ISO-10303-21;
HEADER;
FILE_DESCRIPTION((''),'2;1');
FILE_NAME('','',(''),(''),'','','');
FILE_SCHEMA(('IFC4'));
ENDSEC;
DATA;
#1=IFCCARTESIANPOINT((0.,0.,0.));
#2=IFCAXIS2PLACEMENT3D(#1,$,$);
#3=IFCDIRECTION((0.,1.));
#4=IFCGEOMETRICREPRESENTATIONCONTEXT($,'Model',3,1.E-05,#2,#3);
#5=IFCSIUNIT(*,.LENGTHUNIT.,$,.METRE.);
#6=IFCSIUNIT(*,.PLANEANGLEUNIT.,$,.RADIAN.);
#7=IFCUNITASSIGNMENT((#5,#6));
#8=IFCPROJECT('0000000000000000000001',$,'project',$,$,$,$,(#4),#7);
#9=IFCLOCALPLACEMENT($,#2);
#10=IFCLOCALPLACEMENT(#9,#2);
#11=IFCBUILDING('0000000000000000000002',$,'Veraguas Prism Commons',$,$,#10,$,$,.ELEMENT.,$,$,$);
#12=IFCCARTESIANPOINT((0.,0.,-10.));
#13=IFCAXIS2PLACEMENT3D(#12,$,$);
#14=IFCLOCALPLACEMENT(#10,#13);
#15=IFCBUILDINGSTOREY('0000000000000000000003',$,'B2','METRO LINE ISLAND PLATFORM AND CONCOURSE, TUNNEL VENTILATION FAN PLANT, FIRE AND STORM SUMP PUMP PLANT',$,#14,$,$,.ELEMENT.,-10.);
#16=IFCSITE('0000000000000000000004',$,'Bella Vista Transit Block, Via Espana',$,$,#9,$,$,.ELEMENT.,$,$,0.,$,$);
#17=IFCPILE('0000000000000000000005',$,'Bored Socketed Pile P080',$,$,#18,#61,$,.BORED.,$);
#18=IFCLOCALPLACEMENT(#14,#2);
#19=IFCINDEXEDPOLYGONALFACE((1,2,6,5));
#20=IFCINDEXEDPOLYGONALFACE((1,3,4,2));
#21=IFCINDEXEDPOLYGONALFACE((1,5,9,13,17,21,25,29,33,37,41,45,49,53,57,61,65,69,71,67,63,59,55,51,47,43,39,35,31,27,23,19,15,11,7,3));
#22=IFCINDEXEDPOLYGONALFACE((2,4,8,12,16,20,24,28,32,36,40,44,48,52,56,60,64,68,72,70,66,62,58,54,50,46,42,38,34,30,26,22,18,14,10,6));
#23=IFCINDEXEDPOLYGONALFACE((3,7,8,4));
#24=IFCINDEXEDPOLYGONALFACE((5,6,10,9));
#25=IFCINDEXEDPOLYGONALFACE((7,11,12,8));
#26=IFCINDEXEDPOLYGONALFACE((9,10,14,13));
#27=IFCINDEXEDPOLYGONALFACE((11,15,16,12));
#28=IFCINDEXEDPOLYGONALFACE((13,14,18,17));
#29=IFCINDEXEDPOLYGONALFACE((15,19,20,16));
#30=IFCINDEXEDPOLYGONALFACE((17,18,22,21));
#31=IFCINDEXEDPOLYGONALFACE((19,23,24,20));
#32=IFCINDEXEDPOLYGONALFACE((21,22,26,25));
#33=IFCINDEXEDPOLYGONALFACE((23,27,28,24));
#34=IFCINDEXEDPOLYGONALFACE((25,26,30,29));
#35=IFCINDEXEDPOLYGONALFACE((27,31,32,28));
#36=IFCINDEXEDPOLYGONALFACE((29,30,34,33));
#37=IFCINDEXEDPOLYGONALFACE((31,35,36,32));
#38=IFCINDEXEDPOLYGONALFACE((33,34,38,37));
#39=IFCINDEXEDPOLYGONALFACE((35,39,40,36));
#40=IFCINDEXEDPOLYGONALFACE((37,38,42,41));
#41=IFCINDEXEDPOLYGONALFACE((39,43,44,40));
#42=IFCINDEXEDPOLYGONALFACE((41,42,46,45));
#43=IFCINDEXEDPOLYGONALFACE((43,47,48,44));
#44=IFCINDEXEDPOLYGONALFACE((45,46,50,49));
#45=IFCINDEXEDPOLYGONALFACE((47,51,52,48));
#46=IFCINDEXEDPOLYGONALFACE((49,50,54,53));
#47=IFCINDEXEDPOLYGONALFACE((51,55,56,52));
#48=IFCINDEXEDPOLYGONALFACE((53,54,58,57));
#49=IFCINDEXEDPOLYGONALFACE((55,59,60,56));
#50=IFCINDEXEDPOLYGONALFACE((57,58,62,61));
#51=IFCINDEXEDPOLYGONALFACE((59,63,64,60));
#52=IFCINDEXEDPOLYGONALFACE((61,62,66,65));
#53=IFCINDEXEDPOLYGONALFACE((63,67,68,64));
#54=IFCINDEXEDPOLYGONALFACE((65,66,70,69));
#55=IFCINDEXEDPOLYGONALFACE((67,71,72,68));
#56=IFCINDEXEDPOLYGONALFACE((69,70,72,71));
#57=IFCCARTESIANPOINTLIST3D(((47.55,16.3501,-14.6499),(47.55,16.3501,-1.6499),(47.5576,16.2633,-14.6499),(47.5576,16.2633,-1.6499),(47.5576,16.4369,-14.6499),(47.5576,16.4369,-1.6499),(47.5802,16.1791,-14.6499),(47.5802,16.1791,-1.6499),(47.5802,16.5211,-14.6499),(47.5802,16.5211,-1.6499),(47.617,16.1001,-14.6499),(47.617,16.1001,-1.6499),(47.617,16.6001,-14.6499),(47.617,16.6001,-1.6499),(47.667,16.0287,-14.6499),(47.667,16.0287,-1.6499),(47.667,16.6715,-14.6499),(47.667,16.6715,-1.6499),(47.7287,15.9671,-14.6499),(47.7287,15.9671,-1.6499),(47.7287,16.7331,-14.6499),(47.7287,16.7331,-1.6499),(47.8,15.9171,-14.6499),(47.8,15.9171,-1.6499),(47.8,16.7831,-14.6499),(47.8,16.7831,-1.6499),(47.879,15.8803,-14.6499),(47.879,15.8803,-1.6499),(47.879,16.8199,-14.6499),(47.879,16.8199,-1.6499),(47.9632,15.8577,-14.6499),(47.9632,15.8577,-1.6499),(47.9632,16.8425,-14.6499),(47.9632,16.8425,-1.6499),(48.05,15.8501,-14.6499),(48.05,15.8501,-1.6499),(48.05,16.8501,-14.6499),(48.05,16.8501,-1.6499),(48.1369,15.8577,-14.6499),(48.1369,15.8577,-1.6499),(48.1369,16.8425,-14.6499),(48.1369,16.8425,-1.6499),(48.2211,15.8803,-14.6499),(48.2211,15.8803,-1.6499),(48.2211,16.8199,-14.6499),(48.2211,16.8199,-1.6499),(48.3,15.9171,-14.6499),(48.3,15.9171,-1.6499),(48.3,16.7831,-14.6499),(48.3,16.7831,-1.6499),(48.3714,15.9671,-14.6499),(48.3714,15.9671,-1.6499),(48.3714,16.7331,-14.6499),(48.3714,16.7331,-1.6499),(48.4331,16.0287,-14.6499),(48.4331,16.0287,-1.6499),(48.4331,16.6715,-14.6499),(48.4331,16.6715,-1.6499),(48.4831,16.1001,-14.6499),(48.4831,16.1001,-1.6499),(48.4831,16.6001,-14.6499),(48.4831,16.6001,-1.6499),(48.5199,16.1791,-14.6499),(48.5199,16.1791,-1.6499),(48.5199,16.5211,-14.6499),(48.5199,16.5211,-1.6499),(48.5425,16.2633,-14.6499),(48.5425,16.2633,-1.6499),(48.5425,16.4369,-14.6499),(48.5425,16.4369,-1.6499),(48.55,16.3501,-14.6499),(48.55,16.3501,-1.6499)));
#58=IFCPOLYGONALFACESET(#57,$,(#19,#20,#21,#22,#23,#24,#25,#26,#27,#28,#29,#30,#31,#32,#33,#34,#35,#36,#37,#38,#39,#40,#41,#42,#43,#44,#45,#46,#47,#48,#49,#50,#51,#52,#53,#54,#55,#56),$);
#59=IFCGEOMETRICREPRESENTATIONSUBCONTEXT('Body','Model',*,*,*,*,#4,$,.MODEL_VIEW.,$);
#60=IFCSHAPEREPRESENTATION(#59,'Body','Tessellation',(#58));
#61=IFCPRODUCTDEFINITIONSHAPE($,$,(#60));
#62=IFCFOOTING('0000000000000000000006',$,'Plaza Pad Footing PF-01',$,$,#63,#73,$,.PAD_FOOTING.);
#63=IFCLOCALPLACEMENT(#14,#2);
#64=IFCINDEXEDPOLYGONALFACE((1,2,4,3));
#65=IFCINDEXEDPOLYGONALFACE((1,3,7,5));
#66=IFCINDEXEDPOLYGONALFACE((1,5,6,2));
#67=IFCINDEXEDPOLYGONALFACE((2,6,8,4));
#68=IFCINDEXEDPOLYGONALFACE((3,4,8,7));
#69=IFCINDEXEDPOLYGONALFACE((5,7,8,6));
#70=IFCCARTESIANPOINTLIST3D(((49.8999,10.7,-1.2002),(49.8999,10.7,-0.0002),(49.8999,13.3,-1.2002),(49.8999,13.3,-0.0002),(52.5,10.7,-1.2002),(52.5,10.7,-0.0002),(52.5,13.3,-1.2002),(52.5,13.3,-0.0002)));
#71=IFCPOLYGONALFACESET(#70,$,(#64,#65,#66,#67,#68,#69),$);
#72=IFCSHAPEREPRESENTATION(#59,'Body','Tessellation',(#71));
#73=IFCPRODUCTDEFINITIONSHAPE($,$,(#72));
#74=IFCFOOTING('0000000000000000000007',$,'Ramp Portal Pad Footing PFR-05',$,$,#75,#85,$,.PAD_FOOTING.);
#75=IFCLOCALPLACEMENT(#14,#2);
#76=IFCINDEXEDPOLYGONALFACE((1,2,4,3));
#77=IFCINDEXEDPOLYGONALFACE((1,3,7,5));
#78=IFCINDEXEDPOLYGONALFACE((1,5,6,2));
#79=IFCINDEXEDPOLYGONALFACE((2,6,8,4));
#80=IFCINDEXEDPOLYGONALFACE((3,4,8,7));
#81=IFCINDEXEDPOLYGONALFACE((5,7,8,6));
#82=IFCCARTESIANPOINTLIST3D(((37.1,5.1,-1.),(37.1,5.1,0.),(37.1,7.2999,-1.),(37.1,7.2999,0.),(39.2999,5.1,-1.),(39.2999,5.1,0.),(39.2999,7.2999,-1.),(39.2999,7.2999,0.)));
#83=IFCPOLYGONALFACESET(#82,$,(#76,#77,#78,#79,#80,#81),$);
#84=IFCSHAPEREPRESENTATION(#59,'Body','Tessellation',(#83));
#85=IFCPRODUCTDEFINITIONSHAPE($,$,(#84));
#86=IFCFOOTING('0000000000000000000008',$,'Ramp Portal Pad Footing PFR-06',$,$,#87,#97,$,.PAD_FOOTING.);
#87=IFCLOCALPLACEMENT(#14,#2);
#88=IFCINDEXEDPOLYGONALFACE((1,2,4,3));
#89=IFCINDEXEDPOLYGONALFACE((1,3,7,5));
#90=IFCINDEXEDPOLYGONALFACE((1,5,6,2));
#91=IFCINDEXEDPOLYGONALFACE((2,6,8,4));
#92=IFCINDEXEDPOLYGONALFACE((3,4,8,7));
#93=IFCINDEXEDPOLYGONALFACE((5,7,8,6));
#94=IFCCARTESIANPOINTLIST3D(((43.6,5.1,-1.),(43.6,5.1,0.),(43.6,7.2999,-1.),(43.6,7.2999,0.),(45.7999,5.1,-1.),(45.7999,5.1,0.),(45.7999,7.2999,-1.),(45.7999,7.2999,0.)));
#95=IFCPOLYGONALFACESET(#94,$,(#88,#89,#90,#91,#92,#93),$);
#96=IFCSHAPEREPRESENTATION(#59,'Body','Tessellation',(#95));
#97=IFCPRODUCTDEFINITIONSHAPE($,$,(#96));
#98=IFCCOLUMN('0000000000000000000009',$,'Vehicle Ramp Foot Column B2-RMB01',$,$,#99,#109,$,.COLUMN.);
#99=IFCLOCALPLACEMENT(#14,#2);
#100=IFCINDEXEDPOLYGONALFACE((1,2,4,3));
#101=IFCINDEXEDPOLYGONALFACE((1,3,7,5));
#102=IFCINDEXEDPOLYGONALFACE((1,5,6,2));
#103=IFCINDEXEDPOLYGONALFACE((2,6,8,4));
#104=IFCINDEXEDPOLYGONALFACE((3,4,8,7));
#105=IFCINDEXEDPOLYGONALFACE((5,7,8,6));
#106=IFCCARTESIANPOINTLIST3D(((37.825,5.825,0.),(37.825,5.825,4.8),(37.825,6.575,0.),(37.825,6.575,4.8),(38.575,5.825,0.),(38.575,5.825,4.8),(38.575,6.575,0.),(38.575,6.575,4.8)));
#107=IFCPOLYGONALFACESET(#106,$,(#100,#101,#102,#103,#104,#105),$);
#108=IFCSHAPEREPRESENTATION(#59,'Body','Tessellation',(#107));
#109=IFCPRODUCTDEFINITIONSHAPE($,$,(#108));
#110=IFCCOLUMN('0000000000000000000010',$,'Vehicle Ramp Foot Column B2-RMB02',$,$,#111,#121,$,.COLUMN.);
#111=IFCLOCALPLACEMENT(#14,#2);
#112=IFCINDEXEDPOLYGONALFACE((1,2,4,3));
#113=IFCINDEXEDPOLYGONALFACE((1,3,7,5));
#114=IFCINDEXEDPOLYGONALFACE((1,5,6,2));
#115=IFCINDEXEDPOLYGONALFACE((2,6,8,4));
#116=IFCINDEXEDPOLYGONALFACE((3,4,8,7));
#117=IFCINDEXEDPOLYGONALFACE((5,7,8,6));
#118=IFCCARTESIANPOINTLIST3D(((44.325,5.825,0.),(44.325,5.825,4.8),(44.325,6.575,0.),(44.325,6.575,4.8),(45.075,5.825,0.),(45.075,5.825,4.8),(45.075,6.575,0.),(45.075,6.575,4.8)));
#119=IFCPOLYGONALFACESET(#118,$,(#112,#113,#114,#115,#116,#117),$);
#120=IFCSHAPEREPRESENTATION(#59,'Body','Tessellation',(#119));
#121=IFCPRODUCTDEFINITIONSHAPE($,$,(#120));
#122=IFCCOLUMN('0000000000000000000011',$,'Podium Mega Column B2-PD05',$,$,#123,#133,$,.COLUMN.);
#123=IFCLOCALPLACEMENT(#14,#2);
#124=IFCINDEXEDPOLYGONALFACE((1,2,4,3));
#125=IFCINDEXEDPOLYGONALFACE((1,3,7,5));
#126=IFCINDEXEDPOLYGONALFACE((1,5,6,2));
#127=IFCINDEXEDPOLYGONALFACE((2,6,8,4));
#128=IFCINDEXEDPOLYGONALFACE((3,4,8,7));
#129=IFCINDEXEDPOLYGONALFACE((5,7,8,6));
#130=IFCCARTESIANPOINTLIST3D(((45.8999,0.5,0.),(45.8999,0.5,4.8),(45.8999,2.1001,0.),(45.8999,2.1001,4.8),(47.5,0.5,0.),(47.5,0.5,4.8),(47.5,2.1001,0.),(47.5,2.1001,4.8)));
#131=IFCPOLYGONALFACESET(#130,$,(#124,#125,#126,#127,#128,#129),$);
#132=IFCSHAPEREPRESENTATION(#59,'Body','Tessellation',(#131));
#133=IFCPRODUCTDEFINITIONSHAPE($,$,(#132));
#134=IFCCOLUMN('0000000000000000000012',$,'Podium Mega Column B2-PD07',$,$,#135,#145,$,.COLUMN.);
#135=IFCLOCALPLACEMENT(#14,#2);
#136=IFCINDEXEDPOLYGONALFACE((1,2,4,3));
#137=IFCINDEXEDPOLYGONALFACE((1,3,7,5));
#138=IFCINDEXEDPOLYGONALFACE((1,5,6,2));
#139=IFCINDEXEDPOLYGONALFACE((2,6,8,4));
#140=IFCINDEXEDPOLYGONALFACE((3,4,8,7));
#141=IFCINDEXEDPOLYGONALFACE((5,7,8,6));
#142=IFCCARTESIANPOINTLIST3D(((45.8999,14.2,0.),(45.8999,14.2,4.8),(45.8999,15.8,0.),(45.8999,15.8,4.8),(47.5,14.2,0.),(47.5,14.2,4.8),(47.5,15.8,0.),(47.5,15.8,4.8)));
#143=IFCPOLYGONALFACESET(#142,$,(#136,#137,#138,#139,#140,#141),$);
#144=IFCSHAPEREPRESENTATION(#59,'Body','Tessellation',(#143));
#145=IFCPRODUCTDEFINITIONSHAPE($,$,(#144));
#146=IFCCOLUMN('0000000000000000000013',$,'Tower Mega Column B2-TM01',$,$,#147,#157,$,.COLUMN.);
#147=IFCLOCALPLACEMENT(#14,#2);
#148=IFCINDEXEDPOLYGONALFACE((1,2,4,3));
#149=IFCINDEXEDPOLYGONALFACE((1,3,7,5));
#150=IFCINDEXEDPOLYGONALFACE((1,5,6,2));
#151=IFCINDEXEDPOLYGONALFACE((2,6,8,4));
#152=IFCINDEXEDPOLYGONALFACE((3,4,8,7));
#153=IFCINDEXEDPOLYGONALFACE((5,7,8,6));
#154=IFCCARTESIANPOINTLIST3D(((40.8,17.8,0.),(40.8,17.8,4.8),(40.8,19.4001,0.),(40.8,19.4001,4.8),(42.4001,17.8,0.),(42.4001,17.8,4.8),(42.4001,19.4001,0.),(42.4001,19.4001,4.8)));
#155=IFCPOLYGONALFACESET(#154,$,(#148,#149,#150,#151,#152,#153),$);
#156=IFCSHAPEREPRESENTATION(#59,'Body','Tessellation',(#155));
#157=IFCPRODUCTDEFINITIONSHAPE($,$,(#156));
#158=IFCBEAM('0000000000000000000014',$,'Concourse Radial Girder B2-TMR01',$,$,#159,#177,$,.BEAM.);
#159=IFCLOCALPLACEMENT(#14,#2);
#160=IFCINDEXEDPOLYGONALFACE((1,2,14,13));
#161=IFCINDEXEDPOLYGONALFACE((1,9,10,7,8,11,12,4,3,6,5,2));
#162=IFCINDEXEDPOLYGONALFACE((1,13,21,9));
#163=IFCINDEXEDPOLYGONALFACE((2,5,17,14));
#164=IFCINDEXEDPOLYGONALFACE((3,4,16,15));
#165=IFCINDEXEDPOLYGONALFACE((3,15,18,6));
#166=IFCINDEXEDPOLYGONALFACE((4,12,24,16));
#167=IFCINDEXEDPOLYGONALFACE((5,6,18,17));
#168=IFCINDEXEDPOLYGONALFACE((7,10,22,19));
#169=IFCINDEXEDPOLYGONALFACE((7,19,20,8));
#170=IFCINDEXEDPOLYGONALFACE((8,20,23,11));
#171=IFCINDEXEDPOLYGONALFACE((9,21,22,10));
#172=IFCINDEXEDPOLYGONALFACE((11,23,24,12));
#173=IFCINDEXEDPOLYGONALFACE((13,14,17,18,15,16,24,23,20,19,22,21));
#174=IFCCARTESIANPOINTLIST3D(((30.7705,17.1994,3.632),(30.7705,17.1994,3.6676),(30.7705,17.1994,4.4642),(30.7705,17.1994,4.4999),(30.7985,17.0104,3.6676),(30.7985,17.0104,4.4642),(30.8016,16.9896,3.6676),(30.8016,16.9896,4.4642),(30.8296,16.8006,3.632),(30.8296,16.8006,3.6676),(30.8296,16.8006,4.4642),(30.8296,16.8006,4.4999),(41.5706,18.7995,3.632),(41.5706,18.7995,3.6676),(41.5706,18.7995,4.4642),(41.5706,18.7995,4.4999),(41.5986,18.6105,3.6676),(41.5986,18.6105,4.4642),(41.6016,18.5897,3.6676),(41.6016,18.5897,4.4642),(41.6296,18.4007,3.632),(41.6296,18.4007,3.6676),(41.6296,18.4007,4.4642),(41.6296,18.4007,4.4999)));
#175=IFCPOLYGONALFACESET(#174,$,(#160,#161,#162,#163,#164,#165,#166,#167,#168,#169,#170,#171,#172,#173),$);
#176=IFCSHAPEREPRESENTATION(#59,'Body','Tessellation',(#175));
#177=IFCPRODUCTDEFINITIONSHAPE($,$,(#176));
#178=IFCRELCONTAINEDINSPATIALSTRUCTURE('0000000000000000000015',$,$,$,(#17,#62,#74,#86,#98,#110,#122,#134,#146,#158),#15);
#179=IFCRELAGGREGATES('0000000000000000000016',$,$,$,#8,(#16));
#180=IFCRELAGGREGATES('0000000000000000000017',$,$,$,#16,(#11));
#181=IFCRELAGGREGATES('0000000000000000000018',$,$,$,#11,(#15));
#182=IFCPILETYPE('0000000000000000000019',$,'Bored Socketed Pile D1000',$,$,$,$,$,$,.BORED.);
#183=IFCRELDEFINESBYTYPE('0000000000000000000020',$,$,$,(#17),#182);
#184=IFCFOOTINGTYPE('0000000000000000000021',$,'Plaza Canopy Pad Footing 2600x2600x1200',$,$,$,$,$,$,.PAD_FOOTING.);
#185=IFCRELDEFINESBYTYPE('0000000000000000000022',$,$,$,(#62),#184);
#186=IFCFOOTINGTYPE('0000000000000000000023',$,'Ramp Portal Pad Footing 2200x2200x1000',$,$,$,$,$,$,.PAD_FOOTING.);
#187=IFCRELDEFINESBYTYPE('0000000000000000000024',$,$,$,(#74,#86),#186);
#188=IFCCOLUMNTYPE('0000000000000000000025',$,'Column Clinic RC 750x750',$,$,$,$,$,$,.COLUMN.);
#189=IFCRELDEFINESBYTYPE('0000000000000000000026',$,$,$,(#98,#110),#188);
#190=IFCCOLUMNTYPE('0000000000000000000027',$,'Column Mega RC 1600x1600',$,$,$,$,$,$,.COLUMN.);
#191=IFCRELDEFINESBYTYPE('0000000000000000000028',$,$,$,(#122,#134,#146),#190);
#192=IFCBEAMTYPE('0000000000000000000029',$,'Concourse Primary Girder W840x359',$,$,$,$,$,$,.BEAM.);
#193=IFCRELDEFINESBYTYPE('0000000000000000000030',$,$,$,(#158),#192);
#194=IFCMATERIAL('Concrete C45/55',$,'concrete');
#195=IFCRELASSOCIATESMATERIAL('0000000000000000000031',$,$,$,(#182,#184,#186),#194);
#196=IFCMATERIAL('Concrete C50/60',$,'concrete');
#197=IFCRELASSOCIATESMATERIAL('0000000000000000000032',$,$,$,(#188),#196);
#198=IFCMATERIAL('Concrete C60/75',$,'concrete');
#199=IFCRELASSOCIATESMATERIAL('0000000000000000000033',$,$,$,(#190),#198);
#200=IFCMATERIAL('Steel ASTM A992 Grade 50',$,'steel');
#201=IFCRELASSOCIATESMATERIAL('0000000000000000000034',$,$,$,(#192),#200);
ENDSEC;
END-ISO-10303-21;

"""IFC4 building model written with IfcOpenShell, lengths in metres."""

from ifc_helpers import new_model, si_unit, direction, frame, origin, origin_2d, place, context, subcontext, project, spatial, rectangle, circle, i_section, extrude, source, transform, mapped, material, material_profile, profile_set, type_object, element, save


model = new_model("IFC4")

# Units and contexts
model_context = context("Model", 3, precision=1e-05, world=origin(), true_north=direction((0.0, 1.0)))
body_context = subcontext(model_context, "Body", "Model", "MODEL_VIEW")
ifc_project = project(units=[si_unit("LENGTHUNIT", "METRE"), si_unit("PLANEANGLEUNIT", "RADIAN")], contexts=[model_context])

# Site, building, storey
site_placement = place(None, origin())
site = spatial("IfcSite", under=ifc_project, at=site_placement, Name="Bella Vista Transit Block, Via Espana", CompositionType="ELEMENT", RefElevation=0.0)
building_placement = place(site_placement, origin())
building = spatial("IfcBuilding", under=site, at=building_placement, Name="Veraguas Prism Commons", CompositionType="ELEMENT")
storey_placement = place(building_placement, frame((0.0, 0.0, -10.0)))
storey = spatial("IfcBuildingStorey", under=building, at=storey_placement, Name="B2", Description="METRO LINE ISLAND PLATFORM AND CONCOURSE, TUNNEL VENTILATION FAN PLANT, FIRE AND STORM SUMP PUMP PLANT", CompositionType="ELEMENT", Elevation=-10.0)

# Shared definitions
ifc_material_1 = material(Name="Concrete C45/55", Category="concrete")

# Pile
ifc_material_profile_1 = material_profile(ifc_material_1, circle(Radius=0.5, at=origin_2d()), Name="PILE1000")
ifc_profile_set_1 = profile_set([ifc_material_profile_1], Name="Concrete C45/55")
pile_type_1 = type_object("IfcPileType", Name="Bored Socketed Pile D1000", PredefinedType="BORED", material=ifc_profile_set_1)
shared_shape_1 = source(origin(), body_context, "Body", "SweptSolid", [
    extrude(circle(Radius=0.5, at=origin_2d()), origin(), (0.0, 0.0, 1.0), 13.0),
])
for number, where, z_axis, x_axis, name in (
    (1, (48.05, 16.3501, -1.6499), (0.0, 0.0, -1.0), (1.0, 0.0, 0.0), "Bored Socketed Pile P080"),
):
    element("IfcPile", number, at=place(storey_placement, frame(where, z_axis=z_axis, x_axis=x_axis)), inside=storey, type_object=pile_type_1, Name=name, PredefinedType="BORED", context=body_context, shape_type="MappedRepresentation", body=[
        mapped(shared_shape_1, transform((0.0, 0.0, 0.0), scale=1.0)),
    ])

# Footings
footing_type_1 = type_object("IfcFootingType", Name="Plaza Canopy Pad Footing 2600x2600x1200", PredefinedType="PAD_FOOTING", material=ifc_material_1)
shared_shape_2 = source(origin(), body_context, "Body", "SweptSolid", [
    extrude(rectangle(XDim=2.6001, YDim=2.6001, at=origin_2d()), origin(), (0.0, 0.0, 1.0), 1.2),
])
footing_1_placement = place(storey_placement, frame((51.2, 12.0, -1.2002), z_axis=(0.0, 0.0, 1.0), x_axis=(1.0, 0.0, 0.0)))
element("IfcFooting", 2, at=footing_1_placement, inside=storey, type_object=footing_type_1, Name="Plaza Pad Footing PF-01", PredefinedType="PAD_FOOTING", context=body_context, shape_type="MappedRepresentation", body=[
    mapped(shared_shape_2, transform((0.0, 0.0, 0.0), scale=1.0)),
])
footing_type_2 = type_object("IfcFootingType", Name="Ramp Portal Pad Footing 2200x2200x1000", PredefinedType="PAD_FOOTING", material=ifc_material_1)
shared_shape_3 = source(origin(), body_context, "Body", "SweptSolid", [
    extrude(rectangle(XDim=2.2, YDim=2.2, at=origin_2d()), origin(), (0.0, 0.0, 1.0), 1.0),
])
for number, where, z_axis, x_axis, name in (
    (3, (38.2, 6.2, -1.0), (0.0, 0.0, 1.0), (1.0, 0.0, 0.0), "Ramp Portal Pad Footing PFR-05"),
    (4, (44.7, 6.2, -1.0), (0.0, 0.0, 1.0), (1.0, 0.0, 0.0), "Ramp Portal Pad Footing PFR-06"),
):
    element("IfcFooting", number, at=place(storey_placement, frame(where, z_axis=z_axis, x_axis=x_axis)), inside=storey, type_object=footing_type_2, Name=name, PredefinedType="PAD_FOOTING", context=body_context, shape_type="MappedRepresentation", body=[
        mapped(shared_shape_3, transform((0.0, 0.0, 0.0), scale=1.0)),
    ])

# Columns
ifc_material_2 = material(Name="Concrete C50/60", Category="concrete")
ifc_material_profile_2 = material_profile(ifc_material_2, rectangle(XDim=0.75, YDim=0.75, at=origin_2d()), Name="RC750X750")
ifc_profile_set_2 = profile_set([ifc_material_profile_2], Name="Concrete C50/60")
column_type_1 = type_object("IfcColumnType", Name="Column Clinic RC 750x750", PredefinedType="COLUMN", material=ifc_profile_set_2)
for number, where, z_axis, x_axis, name in (
    (5, (38.2, 6.2, 0.0), (0.0, 0.0, 1.0), (1.0, 0.0, 0.0), "Vehicle Ramp Foot Column B2-RMB01"),
    (6, (44.7, 6.2, 0.0), (0.0, 0.0, 1.0), (1.0, 0.0, 0.0), "Vehicle Ramp Foot Column B2-RMB02"),
):
    element("IfcColumn", number, at=place(storey_placement, frame(where, z_axis=z_axis, x_axis=x_axis)), inside=storey, type_object=column_type_1, Name=name, PredefinedType="COLUMN", context=body_context, shape_type="SweptSolid", body=[
        extrude(rectangle(XDim=0.75, YDim=0.75, at=origin_2d()), origin(), (0.0, 0.0, 1.0), 4.8),
    ])
ifc_material_3 = material(Name="Concrete C60/75", Category="concrete")
ifc_material_profile_3 = material_profile(ifc_material_3, rectangle(XDim=1.6001, YDim=1.6001, at=origin_2d()), Name="RC1600X1600")
ifc_profile_set_3 = profile_set([ifc_material_profile_3], Name="Concrete C60/75")
column_type_2 = type_object("IfcColumnType", Name="Column Mega RC 1600x1600", PredefinedType="COLUMN", material=ifc_profile_set_3)
for number, where, z_axis, x_axis, name in (
    (7, (46.7, 1.3, 0.0), (0.0, 0.0, 1.0), (1.0, 0.0, 0.0), "Podium Mega Column B2-PD05"),
    (8, (46.7, 15.0, 0.0), (0.0, 0.0, 1.0), (1.0, 0.0, 0.0), "Podium Mega Column B2-PD07"),
    (9, (41.6001, 18.6001, 0.0), (0.0, 0.0, 1.0), (1.0, 0.0, 0.0), "Tower Mega Column B2-TM01"),
):
    element("IfcColumn", number, at=place(storey_placement, frame(where, z_axis=z_axis, x_axis=x_axis)), inside=storey, type_object=column_type_2, Name=name, PredefinedType="COLUMN", context=body_context, shape_type="SweptSolid", body=[
        extrude(rectangle(XDim=1.6001, YDim=1.6001, at=origin_2d()), origin(), (0.0, 0.0, 1.0), 4.8),
    ])

# Beam
ifc_material_4 = material(Name="Steel ASTM A992 Grade 50", Category="steel")
ifc_material_profile_4 = material_profile(ifc_material_4, i_section(OverallWidth=0.4031, OverallDepth=0.8679, WebThickness=0.021, FlangeThickness=0.0356, at=origin_2d()), Name="W840X359")
ifc_profile_set_4 = profile_set([ifc_material_profile_4], Name="Steel ASTM A992 Grade 50")
beam_type_1 = type_object("IfcBeamType", Name="Concourse Primary Girder W840x359", PredefinedType="BEAM", material=ifc_profile_set_4)
beam_1_placement = place(storey_placement, frame((41.6001, 18.6001, 4.0659), z_axis=(-0.989202, -0.146557, 0.0), x_axis=(0.146557, -0.989202, 0.0)))
element("IfcBeam", 10, at=beam_1_placement, inside=storey, type_object=beam_type_1, Name="Concourse Radial Girder B2-TMR01", PredefinedType="BEAM", context=body_context, shape_type="SweptSolid", body=[
    extrude(i_section(OverallWidth=0.4031, OverallDepth=0.8679, WebThickness=0.021, FlangeThickness=0.0356, at=origin_2d()), origin(), (0.0, 0.0, 1.0), 10.918),
])

save(model, "model.ifc")
